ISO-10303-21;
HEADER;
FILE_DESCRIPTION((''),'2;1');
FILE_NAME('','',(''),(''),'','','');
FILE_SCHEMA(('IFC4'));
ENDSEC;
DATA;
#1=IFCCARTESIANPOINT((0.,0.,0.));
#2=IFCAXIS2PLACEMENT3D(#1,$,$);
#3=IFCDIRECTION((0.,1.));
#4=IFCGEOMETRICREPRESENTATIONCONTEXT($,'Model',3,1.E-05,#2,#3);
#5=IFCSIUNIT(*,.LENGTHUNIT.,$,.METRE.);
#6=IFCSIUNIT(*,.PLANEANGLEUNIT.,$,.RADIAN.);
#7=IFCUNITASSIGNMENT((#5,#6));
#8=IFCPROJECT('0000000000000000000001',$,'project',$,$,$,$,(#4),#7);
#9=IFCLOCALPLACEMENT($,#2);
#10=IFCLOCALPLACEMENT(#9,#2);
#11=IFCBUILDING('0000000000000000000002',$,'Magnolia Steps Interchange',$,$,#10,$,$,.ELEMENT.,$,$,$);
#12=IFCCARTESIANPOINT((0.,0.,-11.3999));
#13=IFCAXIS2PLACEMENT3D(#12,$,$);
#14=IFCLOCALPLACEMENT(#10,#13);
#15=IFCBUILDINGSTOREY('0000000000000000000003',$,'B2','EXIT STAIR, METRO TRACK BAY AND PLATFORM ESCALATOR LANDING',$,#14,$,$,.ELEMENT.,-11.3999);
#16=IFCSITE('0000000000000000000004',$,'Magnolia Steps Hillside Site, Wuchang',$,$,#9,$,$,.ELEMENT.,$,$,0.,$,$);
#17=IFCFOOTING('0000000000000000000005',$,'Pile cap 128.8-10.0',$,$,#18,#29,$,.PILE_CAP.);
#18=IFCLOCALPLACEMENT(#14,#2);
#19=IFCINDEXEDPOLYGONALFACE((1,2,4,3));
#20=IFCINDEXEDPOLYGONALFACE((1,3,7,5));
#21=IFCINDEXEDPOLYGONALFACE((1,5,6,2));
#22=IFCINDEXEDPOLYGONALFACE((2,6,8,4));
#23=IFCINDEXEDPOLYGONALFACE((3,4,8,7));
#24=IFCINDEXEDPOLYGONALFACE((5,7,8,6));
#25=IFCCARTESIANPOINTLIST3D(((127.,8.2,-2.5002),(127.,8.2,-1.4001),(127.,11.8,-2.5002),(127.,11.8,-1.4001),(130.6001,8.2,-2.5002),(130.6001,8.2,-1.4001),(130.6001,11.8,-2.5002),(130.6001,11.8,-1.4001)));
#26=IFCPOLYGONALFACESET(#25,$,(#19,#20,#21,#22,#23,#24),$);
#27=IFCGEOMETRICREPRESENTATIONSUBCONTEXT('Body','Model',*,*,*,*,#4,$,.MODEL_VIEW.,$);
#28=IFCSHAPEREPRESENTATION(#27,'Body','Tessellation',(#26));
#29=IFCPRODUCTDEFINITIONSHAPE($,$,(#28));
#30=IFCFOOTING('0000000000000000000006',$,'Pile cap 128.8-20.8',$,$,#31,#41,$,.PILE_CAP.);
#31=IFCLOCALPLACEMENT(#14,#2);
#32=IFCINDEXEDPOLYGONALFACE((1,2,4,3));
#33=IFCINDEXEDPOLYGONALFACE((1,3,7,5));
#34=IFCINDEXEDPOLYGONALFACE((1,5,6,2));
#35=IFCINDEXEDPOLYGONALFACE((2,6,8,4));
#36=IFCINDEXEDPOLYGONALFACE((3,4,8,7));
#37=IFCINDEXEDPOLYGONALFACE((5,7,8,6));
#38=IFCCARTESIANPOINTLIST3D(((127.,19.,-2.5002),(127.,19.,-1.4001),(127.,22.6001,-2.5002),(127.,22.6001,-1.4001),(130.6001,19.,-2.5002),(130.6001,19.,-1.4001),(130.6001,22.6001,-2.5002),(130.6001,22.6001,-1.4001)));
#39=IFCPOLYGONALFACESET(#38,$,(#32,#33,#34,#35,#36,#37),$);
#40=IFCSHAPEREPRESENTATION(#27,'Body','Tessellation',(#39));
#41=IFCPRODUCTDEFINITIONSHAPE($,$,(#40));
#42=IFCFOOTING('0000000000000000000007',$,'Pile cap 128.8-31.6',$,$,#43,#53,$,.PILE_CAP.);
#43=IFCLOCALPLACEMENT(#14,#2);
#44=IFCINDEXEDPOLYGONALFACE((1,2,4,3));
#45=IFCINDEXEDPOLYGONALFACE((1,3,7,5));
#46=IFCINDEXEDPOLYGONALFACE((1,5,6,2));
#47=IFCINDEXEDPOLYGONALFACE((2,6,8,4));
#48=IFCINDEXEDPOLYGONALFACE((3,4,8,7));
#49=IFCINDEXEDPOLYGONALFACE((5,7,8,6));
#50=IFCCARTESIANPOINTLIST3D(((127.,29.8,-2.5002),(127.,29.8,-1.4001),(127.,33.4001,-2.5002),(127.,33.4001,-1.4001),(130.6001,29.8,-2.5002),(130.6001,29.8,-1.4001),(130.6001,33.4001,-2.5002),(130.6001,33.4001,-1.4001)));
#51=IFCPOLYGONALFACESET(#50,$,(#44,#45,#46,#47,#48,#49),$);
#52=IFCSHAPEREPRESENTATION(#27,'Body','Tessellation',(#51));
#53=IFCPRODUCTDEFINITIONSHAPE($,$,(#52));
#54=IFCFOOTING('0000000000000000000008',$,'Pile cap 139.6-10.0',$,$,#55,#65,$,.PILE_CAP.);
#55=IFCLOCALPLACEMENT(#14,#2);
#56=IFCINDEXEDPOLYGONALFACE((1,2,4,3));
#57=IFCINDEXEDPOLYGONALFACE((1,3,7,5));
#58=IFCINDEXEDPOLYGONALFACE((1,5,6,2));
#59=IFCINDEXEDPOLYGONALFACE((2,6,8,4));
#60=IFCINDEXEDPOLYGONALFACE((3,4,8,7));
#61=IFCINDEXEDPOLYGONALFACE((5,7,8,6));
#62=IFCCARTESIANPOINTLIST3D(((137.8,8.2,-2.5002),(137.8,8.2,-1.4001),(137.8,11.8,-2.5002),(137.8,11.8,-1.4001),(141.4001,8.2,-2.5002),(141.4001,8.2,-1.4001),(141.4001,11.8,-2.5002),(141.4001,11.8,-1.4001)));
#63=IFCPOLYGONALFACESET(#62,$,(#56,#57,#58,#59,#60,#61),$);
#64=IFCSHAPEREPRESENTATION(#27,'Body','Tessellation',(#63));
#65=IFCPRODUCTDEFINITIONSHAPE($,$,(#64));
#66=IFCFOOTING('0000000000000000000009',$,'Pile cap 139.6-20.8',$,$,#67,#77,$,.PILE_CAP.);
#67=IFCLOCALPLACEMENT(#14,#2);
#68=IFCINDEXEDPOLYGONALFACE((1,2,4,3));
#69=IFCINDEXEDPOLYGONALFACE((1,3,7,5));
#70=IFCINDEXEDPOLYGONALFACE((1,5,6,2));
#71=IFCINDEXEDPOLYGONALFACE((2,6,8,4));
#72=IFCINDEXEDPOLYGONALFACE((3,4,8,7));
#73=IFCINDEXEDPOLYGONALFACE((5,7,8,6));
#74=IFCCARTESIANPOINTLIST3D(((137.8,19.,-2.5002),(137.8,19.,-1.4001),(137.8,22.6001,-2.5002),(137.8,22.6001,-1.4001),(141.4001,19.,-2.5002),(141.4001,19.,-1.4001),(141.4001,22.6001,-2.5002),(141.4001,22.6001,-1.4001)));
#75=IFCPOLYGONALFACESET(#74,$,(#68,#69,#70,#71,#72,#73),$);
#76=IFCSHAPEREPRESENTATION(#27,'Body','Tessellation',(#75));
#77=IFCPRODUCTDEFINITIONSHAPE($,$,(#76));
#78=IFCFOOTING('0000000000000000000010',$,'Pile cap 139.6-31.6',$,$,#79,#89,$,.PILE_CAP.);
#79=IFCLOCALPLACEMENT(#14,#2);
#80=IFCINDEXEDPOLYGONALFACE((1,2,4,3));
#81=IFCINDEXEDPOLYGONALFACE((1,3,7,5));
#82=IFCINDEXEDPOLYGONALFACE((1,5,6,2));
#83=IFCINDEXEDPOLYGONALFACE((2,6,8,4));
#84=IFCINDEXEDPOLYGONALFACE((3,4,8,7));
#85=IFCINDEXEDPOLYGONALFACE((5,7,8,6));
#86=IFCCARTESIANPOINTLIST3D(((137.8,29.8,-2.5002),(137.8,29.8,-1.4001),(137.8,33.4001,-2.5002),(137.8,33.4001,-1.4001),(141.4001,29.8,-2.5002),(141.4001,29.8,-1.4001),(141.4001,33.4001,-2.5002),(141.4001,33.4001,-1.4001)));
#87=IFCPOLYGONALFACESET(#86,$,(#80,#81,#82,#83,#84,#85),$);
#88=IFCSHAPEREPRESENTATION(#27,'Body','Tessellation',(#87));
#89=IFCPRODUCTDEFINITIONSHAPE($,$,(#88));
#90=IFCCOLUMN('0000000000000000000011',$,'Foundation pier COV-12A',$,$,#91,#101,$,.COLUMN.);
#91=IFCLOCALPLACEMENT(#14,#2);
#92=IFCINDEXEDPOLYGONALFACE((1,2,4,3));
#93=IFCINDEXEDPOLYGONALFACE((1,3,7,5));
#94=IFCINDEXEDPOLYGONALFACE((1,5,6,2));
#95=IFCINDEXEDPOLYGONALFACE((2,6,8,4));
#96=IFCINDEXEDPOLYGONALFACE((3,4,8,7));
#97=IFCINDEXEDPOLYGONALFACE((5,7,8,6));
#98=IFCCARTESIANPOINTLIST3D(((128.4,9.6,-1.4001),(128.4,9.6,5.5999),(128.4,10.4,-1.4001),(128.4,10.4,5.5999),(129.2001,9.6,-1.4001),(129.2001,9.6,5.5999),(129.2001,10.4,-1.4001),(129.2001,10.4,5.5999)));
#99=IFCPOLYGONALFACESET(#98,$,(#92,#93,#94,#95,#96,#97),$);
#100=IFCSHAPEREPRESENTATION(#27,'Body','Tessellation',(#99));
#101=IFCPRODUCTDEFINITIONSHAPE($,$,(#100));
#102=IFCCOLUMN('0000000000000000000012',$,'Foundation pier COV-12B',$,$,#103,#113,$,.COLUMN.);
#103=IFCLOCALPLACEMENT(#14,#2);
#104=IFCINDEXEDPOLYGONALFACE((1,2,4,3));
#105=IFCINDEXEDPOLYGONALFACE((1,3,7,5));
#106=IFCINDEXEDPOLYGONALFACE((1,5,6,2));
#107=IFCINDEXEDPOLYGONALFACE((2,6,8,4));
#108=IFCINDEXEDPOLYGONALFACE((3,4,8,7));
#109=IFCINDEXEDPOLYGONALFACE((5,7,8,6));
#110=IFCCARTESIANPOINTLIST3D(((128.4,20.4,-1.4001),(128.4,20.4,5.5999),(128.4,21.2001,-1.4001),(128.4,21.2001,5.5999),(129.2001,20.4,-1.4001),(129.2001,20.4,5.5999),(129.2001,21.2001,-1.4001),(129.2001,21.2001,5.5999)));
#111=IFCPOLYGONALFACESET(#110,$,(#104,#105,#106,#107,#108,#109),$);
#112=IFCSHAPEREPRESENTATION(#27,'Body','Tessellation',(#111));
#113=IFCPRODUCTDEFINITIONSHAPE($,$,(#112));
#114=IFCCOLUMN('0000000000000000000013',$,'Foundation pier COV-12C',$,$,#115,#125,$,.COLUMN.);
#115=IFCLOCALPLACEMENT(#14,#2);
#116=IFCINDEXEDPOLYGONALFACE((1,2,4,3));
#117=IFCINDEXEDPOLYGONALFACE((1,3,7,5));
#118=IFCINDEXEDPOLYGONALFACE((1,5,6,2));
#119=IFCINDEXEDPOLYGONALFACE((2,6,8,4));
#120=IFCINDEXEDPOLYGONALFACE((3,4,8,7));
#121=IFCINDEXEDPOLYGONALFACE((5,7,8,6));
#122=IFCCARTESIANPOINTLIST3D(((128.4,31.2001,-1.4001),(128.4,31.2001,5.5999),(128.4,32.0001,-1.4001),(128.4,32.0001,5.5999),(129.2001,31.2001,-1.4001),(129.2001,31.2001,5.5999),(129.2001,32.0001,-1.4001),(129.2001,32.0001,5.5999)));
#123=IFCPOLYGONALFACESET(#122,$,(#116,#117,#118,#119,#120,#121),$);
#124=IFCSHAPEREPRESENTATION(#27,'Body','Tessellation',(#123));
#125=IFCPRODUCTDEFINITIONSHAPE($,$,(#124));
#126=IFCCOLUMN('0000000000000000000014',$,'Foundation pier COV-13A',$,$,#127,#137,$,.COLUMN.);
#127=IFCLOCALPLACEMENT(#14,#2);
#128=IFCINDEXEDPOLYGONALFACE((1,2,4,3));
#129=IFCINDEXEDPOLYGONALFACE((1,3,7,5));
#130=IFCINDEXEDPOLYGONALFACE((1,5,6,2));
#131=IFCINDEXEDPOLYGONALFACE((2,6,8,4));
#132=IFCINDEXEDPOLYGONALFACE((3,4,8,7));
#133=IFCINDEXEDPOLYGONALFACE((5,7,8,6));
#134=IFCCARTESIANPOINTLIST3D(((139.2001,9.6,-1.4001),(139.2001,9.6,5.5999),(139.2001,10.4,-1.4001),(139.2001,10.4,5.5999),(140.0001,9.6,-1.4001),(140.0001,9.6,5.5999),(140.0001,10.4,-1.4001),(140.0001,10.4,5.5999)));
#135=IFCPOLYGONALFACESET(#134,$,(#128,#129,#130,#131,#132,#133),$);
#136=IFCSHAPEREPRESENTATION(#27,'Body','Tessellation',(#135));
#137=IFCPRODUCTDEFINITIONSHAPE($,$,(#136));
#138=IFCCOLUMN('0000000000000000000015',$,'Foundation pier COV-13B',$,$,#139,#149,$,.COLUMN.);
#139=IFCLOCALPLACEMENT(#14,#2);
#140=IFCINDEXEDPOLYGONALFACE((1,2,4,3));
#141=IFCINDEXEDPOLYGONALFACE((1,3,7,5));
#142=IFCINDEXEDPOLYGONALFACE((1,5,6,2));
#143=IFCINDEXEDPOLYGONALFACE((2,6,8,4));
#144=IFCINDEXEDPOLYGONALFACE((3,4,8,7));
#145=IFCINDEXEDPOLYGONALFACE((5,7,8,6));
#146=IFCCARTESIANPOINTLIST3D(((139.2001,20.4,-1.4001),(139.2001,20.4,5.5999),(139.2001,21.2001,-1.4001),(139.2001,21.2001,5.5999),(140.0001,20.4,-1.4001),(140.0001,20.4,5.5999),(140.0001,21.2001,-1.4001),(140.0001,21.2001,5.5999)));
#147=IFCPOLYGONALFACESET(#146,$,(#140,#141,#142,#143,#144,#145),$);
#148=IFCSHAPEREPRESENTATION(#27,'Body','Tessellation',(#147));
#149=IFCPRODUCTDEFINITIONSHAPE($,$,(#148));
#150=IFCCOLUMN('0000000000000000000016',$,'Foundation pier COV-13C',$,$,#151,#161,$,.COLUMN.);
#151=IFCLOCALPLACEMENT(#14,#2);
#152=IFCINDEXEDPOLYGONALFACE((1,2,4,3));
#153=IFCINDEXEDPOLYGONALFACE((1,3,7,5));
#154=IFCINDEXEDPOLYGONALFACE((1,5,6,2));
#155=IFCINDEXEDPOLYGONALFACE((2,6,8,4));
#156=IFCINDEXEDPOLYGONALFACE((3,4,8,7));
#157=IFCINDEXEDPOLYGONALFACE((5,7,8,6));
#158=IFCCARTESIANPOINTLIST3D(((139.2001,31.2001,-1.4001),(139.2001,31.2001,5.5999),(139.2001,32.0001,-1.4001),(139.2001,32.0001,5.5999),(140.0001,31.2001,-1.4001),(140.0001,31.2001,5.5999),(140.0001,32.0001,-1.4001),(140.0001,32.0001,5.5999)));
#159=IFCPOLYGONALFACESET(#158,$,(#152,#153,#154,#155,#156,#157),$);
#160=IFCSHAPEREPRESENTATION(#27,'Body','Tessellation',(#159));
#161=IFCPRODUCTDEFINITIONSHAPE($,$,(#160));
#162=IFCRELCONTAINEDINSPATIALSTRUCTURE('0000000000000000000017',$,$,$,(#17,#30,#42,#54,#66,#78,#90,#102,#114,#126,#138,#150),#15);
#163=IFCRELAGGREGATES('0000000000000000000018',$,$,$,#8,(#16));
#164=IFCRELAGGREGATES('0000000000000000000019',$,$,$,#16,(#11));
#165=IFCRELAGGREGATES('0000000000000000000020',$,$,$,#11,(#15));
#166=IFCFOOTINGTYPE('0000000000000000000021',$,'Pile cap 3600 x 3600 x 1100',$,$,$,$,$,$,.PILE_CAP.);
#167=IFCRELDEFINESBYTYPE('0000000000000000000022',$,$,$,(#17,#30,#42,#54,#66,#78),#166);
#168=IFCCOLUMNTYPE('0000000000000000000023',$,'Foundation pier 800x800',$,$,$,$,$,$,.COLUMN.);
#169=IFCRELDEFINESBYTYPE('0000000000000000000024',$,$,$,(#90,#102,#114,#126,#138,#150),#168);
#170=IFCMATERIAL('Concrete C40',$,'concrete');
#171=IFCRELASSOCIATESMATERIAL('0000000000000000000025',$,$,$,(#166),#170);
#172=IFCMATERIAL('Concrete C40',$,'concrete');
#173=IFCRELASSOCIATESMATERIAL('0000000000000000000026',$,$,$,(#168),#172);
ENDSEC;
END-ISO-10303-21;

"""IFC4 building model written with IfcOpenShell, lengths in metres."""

from ifc_helpers import new_model, si_unit, direction, frame, origin, origin_2d, place, context, subcontext, project, spatial, rectangle, extrude, material, material_profile, profile_set, type_object, element, save


model = new_model("IFC4")

# Units and contexts
model_context = context("Model", 3, precision=1e-05, world=origin(), true_north=direction((0.0, 1.0)))
body_context = subcontext(model_context, "Body", "Model", "MODEL_VIEW")
ifc_project = project(units=[si_unit("LENGTHUNIT", "METRE"), si_unit("PLANEANGLEUNIT", "RADIAN")], contexts=[model_context])

# Site, building, storey
site_placement = place(None, origin())
site = spatial("IfcSite", under=ifc_project, at=site_placement, Name="Magnolia Steps Hillside Site, Wuchang", CompositionType="ELEMENT", RefElevation=0.0)
building_placement = place(site_placement, origin())
building = spatial("IfcBuilding", under=site, at=building_placement, Name="Magnolia Steps Interchange", CompositionType="ELEMENT")
storey_placement = place(building_placement, frame((0.0, 0.0, -11.3999)))
storey = spatial("IfcBuildingStorey", under=building, at=storey_placement, Name="B2", Description="EXIT STAIR, METRO TRACK BAY AND PLATFORM ESCALATOR LANDING", CompositionType="ELEMENT", Elevation=-11.3999)

# Footings
ifc_material_1 = material(Name="Concrete C40", Category="concrete")
footing_type = type_object("IfcFootingType", Name="Pile cap 3600 x 3600 x 1100", PredefinedType="PILE_CAP", material=ifc_material_1)
for number, where, z_axis, x_axis, name in (
    (1, (128.8, 10.0, -2.5002), (0.0, 0.0, 1.0), (1.0, 0.0, 0.0), "Pile cap 128.8-10.0"),
    (2, (128.8, 20.8, -2.5002), (0.0, 0.0, 1.0), (1.0, 0.0, 0.0), "Pile cap 128.8-20.8"),
    (3, (128.8, 31.6001, -2.5002), (0.0, 0.0, 1.0), (1.0, 0.0, 0.0), "Pile cap 128.8-31.6"),
    (4, (139.6001, 10.0, -2.5002), (0.0, 0.0, 1.0), (1.0, 0.0, 0.0), "Pile cap 139.6-10.0"),
    (5, (139.6001, 20.8, -2.5002), (0.0, 0.0, 1.0), (1.0, 0.0, 0.0), "Pile cap 139.6-20.8"),
    (6, (139.6001, 31.6001, -2.5002), (0.0, 0.0, 1.0), (1.0, 0.0, 0.0), "Pile cap 139.6-31.6"),
):
    element("IfcFooting", number, at=place(storey_placement, frame(where, z_axis=z_axis, x_axis=x_axis)), inside=storey, type_object=footing_type, Name=name, PredefinedType="PILE_CAP", context=body_context, shape_type="SweptSolid", body=[
        extrude(rectangle(XDim=3.6001, YDim=3.6001, at=origin_2d()), origin(), (0.0, 0.0, 1.0), 1.1001),
    ])

# Columns
ifc_material_2 = material(Name="Concrete C40", Category="concrete")
ifc_material_profile_1 = material_profile(ifc_material_2, rectangle(XDim=0.8, YDim=0.8, at=origin_2d()), Name="RC800x800")
ifc_profile_set_1 = profile_set([ifc_material_profile_1], Name="Concrete C40")
column_type = type_object("IfcColumnType", Name="Foundation pier 800x800", PredefinedType="COLUMN", material=ifc_profile_set_1)
for number, where, z_axis, x_axis, name in (
    (7, (128.8, 10.0, -1.4001), (0.0, 0.0, 1.0), (1.0, 0.0, 0.0), "Foundation pier COV-12A"),
    (8, (128.8, 20.8, -1.4001), (0.0, 0.0, 1.0), (1.0, 0.0, 0.0), "Foundation pier COV-12B"),
    (9, (128.8, 31.6001, -1.4001), (0.0, 0.0, 1.0), (1.0, 0.0, 0.0), "Foundation pier COV-12C"),
    (10, (139.6001, 10.0, -1.4001), (0.0, 0.0, 1.0), (1.0, 0.0, 0.0), "Foundation pier COV-13A"),
    (11, (139.6001, 20.8, -1.4001), (0.0, 0.0, 1.0), (1.0, 0.0, 0.0), "Foundation pier COV-13B"),
    (12, (139.6001, 31.6001, -1.4001), (0.0, 0.0, 1.0), (1.0, 0.0, 0.0), "Foundation pier COV-13C"),
):
    element("IfcColumn", number, at=place(storey_placement, frame(where, z_axis=z_axis, x_axis=x_axis)), inside=storey, type_object=column_type, Name=name, PredefinedType="COLUMN", context=body_context, shape_type="SweptSolid", body=[
        extrude(rectangle(XDim=0.8, YDim=0.8, at=origin_2d()), origin(), (0.0, 0.0, 1.0), 7.0),
    ])

save(model, "model.ifc")
